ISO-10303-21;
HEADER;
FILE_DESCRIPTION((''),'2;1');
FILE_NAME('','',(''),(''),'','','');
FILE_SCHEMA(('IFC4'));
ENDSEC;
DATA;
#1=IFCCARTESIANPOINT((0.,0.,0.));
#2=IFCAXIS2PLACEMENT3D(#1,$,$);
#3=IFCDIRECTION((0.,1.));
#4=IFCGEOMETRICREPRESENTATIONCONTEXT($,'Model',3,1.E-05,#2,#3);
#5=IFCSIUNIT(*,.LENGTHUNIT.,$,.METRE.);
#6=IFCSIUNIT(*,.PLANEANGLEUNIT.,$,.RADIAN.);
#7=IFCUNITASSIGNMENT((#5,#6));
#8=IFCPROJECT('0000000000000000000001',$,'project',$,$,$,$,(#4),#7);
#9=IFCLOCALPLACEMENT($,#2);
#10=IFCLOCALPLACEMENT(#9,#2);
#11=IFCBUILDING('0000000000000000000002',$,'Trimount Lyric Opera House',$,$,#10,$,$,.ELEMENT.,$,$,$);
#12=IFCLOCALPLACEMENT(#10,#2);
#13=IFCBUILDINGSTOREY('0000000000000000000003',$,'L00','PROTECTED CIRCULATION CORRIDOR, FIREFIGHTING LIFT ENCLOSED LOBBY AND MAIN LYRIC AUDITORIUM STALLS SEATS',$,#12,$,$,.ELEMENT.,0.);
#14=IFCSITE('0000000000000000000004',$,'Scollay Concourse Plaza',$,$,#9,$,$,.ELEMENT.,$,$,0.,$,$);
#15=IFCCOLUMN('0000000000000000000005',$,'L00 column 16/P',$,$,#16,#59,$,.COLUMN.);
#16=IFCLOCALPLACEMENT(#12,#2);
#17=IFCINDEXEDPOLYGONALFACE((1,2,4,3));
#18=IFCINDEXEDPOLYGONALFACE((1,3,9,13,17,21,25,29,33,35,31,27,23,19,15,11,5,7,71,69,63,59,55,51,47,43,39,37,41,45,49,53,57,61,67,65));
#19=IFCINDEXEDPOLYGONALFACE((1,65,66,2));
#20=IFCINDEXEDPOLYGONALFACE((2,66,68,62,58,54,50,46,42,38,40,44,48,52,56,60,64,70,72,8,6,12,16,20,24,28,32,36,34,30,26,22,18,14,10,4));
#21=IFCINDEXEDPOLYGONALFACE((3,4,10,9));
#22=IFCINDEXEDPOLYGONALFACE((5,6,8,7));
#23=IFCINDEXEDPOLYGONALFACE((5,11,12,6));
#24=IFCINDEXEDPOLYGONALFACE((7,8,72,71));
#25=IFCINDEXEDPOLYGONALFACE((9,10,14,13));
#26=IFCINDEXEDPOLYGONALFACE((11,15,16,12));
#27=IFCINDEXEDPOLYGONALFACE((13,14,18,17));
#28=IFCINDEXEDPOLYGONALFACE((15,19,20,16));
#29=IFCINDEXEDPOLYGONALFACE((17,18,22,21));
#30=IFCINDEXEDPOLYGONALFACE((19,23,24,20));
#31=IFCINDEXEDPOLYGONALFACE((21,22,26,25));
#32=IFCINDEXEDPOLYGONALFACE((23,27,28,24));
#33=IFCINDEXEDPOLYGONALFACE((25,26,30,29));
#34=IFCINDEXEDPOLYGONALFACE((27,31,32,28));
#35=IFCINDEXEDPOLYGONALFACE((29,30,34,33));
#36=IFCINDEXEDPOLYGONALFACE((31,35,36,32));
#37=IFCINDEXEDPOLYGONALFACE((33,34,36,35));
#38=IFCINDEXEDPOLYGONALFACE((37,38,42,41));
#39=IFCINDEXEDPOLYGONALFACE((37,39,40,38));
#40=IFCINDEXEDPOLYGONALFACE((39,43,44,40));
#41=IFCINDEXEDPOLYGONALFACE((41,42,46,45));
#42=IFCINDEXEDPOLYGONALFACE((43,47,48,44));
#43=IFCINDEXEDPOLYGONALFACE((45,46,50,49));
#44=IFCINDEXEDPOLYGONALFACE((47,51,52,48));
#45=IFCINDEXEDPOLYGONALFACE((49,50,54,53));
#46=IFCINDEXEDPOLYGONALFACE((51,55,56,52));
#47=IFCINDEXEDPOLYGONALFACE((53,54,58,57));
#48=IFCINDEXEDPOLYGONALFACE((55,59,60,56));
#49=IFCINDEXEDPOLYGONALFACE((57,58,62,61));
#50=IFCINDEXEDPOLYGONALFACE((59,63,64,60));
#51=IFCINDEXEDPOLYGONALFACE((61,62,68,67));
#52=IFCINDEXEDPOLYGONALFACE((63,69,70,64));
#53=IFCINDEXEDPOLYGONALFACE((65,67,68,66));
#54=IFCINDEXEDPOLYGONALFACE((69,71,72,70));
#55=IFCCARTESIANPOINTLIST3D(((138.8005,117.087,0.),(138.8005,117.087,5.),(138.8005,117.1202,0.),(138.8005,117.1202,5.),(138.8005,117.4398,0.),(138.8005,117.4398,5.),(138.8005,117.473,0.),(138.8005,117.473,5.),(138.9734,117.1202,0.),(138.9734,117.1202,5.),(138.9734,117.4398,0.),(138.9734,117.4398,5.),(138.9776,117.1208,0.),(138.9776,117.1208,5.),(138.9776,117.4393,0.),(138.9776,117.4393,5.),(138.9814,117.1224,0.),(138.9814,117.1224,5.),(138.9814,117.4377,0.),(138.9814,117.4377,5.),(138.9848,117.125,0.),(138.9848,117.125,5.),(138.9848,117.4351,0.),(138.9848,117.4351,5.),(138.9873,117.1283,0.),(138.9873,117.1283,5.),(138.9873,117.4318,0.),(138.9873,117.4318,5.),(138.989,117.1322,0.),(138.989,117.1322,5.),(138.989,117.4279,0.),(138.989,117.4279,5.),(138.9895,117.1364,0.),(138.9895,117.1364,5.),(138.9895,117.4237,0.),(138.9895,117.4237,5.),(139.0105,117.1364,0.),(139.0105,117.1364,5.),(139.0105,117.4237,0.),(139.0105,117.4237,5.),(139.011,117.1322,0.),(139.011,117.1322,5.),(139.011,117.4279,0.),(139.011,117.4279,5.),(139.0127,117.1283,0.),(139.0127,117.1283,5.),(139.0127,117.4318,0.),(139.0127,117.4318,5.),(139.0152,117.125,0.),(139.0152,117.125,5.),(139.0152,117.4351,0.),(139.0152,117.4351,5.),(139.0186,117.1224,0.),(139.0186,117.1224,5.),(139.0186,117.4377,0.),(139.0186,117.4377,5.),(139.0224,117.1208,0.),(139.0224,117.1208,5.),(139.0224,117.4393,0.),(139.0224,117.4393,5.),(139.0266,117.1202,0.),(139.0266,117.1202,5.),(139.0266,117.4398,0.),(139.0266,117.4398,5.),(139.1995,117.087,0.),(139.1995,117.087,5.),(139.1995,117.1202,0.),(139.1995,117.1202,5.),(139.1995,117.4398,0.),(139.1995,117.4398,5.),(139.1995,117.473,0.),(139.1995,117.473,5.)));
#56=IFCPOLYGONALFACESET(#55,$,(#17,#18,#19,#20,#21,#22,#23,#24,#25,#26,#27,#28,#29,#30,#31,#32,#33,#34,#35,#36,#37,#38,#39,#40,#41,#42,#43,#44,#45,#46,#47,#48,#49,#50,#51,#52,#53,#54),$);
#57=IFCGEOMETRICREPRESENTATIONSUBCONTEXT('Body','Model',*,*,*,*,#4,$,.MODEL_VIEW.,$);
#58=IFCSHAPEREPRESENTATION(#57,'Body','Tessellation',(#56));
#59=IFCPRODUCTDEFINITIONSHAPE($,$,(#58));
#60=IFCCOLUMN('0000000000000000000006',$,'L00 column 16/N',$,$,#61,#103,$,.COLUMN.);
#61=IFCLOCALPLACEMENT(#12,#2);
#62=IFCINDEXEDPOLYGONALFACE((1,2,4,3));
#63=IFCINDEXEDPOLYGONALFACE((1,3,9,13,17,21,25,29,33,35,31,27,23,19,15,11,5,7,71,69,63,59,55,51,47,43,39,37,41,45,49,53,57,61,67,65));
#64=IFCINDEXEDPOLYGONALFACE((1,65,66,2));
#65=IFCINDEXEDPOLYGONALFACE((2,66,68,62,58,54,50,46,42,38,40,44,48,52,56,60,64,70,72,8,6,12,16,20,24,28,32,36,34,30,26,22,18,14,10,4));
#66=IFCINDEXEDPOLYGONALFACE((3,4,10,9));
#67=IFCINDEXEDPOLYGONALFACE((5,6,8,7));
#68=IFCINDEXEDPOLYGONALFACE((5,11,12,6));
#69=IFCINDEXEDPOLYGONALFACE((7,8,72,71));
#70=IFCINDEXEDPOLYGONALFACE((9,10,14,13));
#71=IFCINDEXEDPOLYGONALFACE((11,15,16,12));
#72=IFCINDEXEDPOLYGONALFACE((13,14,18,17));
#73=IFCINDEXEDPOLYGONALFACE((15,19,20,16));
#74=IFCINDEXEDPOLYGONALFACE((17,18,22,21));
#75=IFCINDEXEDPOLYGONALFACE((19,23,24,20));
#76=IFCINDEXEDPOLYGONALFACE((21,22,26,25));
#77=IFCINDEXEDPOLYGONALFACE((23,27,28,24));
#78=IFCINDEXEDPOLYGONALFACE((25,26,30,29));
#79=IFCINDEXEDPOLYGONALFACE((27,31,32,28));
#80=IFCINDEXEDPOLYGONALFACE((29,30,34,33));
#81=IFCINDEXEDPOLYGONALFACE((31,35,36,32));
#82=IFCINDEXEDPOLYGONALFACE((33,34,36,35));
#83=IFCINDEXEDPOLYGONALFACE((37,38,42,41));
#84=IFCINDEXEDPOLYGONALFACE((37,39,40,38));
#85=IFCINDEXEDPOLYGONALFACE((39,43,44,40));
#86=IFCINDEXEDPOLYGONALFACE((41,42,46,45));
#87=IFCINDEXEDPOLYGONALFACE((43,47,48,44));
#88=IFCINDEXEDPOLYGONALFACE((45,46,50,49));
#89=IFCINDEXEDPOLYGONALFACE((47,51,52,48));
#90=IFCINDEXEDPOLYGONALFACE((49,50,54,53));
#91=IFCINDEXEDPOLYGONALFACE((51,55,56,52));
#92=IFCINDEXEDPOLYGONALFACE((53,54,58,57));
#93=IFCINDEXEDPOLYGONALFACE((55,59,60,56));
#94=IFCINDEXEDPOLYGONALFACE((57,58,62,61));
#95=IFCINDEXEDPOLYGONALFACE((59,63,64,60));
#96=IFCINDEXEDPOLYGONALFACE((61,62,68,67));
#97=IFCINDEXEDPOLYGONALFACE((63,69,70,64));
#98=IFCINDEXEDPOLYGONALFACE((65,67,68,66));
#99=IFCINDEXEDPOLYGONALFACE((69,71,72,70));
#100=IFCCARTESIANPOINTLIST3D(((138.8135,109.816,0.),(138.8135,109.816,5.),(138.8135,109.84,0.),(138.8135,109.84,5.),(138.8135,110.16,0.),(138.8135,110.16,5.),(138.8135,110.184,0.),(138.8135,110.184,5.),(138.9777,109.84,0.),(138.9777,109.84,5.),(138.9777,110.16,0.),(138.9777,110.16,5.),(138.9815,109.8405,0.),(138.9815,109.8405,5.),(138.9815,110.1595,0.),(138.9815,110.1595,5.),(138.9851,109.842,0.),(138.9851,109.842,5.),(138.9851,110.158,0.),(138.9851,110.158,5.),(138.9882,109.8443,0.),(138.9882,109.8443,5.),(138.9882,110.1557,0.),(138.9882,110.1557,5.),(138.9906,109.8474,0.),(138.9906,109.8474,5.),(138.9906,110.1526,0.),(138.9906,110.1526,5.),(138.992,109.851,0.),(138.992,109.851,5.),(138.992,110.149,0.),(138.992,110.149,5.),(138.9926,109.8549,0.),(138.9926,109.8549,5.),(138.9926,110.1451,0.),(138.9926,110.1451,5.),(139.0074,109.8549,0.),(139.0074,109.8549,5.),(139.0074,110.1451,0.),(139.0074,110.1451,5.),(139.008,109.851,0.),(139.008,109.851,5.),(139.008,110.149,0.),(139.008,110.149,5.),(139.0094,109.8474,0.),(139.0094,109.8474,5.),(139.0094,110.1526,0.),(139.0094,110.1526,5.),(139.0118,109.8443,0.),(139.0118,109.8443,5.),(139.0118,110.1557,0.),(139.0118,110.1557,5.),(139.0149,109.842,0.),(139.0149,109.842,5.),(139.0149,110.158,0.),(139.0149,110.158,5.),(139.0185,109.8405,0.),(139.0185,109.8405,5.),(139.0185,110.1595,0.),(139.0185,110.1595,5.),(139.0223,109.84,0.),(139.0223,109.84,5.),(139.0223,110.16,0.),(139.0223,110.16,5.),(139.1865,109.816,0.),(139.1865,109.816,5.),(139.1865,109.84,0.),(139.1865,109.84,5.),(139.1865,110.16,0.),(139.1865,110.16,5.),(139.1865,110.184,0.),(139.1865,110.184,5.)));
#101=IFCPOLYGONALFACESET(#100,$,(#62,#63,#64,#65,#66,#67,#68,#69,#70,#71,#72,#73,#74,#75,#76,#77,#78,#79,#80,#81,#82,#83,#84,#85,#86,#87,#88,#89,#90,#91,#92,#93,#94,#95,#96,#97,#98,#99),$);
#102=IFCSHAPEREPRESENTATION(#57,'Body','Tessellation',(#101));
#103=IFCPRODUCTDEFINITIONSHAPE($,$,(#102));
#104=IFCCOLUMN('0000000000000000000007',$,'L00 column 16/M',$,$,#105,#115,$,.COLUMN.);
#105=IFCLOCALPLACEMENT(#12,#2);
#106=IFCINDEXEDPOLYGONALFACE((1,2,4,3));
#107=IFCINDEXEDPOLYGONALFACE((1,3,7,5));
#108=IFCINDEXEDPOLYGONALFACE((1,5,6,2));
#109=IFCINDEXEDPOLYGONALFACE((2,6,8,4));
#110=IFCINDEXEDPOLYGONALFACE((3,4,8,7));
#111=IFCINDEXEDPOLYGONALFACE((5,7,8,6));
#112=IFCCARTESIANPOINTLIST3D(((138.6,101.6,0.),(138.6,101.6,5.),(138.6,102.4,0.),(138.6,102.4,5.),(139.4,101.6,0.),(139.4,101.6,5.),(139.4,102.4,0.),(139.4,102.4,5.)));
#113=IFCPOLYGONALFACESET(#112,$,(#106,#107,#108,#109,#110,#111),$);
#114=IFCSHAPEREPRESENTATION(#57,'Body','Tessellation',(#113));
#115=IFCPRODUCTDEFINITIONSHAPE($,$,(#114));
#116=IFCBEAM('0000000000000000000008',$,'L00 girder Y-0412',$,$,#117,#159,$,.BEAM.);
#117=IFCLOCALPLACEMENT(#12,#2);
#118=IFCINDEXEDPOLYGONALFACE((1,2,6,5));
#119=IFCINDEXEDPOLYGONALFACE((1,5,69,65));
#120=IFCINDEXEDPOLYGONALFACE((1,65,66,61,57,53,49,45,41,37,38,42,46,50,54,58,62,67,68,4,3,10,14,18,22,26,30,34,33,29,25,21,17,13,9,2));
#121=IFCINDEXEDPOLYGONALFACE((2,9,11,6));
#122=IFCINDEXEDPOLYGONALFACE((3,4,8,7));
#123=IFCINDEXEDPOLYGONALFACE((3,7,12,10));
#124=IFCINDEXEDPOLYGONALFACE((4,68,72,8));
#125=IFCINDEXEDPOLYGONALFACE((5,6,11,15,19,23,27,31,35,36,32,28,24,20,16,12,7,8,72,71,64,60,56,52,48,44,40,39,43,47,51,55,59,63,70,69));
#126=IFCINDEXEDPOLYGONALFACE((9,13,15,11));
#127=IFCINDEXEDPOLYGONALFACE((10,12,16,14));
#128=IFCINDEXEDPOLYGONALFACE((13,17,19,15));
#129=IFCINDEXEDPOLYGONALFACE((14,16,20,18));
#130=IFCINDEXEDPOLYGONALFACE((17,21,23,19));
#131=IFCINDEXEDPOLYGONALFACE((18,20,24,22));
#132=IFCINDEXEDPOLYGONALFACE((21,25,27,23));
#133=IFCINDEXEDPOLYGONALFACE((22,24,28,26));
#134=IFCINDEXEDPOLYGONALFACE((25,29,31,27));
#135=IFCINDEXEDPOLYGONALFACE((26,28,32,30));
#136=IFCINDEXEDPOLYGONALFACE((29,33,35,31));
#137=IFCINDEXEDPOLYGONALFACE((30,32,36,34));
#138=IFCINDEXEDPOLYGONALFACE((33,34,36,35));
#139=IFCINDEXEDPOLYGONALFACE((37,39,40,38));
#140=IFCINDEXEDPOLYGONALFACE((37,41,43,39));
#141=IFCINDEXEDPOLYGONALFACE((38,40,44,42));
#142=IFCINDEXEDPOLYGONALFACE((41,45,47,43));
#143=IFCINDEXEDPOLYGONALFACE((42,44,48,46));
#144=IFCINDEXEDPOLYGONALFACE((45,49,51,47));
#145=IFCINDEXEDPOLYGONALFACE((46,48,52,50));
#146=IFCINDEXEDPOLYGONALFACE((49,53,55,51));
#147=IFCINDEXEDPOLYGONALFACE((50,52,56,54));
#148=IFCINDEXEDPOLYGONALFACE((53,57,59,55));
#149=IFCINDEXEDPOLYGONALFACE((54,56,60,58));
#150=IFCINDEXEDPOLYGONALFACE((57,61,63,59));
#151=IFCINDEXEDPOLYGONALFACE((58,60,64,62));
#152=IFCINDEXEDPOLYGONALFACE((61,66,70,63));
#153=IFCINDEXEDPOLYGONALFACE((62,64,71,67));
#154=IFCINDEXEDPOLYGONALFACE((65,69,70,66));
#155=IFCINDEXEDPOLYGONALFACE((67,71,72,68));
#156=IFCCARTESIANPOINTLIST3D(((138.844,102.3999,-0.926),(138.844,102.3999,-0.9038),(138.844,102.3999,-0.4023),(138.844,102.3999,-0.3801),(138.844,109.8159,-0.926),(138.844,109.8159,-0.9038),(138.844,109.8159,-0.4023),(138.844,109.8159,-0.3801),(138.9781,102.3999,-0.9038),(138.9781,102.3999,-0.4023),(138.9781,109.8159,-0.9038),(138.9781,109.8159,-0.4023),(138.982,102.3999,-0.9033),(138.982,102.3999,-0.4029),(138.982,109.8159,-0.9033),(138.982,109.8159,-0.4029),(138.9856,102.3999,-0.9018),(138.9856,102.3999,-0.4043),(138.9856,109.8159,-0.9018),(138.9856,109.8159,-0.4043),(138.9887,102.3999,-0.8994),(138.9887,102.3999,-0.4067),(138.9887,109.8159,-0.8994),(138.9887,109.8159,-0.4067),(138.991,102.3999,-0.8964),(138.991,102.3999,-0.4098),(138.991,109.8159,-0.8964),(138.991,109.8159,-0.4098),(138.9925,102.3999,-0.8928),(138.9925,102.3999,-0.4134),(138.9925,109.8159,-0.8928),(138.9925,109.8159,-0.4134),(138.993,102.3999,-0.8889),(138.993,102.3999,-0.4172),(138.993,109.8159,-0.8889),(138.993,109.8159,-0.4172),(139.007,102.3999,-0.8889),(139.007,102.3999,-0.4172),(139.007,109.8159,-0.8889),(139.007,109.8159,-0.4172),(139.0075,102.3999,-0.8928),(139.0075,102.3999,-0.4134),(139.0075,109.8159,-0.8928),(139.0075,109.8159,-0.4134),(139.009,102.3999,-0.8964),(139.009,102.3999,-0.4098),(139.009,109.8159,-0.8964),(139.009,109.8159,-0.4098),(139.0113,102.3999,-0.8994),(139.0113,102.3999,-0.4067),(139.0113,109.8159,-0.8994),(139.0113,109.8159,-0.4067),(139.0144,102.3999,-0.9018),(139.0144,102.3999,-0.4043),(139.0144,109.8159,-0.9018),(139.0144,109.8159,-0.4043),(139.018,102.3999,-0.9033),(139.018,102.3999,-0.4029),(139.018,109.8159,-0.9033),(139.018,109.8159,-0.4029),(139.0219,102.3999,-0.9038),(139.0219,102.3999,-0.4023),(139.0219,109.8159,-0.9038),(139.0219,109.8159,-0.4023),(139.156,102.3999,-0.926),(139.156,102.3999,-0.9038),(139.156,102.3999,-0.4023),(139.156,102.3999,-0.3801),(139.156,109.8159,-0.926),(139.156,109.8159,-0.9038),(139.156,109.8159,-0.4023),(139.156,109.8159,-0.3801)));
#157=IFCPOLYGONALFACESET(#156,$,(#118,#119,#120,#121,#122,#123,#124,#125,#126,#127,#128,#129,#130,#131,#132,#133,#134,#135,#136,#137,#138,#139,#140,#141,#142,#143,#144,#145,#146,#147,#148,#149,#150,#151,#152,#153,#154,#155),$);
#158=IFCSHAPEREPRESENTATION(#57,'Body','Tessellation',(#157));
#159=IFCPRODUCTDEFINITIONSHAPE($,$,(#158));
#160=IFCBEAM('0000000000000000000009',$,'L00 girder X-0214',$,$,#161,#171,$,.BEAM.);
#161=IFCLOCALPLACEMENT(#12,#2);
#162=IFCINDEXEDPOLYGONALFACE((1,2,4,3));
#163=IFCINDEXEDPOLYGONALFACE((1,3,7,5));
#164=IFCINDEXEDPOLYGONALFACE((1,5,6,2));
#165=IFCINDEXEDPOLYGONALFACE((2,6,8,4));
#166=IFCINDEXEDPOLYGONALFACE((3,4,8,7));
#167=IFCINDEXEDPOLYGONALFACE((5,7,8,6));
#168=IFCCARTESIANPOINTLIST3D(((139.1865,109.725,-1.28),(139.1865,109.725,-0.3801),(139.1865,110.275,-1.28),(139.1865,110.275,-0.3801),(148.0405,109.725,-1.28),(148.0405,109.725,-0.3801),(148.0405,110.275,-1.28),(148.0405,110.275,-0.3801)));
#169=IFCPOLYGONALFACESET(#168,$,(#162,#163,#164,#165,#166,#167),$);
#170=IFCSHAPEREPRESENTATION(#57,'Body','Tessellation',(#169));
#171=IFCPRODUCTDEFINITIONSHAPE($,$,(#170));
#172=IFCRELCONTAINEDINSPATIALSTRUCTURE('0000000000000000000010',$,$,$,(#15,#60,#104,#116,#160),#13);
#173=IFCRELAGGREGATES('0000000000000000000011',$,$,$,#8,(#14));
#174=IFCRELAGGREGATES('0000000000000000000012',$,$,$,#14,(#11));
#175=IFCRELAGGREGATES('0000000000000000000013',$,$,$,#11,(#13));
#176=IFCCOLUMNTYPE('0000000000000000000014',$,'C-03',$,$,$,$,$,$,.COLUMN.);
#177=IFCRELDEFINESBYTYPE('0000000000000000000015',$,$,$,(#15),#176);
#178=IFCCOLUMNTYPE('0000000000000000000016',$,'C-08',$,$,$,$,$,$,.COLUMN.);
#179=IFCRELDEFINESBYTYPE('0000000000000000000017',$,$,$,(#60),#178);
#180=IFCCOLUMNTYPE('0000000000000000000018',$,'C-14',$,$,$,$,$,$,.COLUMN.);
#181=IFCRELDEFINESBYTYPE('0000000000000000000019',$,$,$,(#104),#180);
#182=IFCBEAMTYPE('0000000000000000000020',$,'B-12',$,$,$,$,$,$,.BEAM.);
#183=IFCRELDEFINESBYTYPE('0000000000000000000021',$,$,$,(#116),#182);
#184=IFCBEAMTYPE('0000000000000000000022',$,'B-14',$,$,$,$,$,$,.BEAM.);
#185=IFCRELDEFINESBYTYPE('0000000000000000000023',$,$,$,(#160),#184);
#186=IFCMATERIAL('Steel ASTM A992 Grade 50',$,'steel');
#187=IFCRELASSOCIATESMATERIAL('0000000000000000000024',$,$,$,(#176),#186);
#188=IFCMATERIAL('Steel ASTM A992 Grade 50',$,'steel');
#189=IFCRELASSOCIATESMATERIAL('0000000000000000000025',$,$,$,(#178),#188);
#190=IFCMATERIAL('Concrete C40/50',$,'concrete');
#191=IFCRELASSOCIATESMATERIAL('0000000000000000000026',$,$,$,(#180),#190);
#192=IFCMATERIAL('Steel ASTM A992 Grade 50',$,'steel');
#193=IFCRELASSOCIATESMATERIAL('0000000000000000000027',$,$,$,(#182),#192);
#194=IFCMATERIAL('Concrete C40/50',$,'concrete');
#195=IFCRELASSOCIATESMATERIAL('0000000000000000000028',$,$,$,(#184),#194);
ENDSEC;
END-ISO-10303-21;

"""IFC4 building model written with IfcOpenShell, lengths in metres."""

from ifc_helpers import new_model, si_unit, direction, frame, origin, origin_2d, place, context, subcontext, project, spatial, rectangle, i_section, extrude, material, material_profile, profile_set, type_object, element, save


model = new_model("IFC4")

# Units and contexts
model_context = context("Model", 3, precision=1e-05, world=origin(), true_north=direction((0.0, 1.0)))
body_context = subcontext(model_context, "Body", "Model", "MODEL_VIEW")
ifc_project = project(units=[si_unit("LENGTHUNIT", "METRE"), si_unit("PLANEANGLEUNIT", "RADIAN")], contexts=[model_context])

# Site, building, storey
site_placement = place(None, origin())
site = spatial("IfcSite", under=ifc_project, at=site_placement, Name="Scollay Concourse Plaza", CompositionType="ELEMENT", RefElevation=0.0)
building_placement = place(site_placement, origin())
building = spatial("IfcBuilding", under=site, at=building_placement, Name="Trimount Lyric Opera House", CompositionType="ELEMENT")
storey_placement = place(building_placement, origin())
storey = spatial("IfcBuildingStorey", under=building, at=storey_placement, Name="L00", Description="PROTECTED CIRCULATION CORRIDOR, FIREFIGHTING LIFT ENCLOSED LOBBY AND MAIN LYRIC AUDITORIUM STALLS SEATS", CompositionType="ELEMENT", Elevation=0.0)

# Columns
ifc_material_1 = material(Name="Steel ASTM A992 Grade 50", Category="steel")
ifc_material_profile_1 = material_profile(ifc_material_1, i_section(OverallWidth=0.3989, OverallDepth=0.386, WebThickness=0.021, FlangeThickness=0.0332, FilletRadius=0.0161, at=origin_2d()), Name="W14X176")
ifc_profile_set_1 = profile_set([ifc_material_profile_1], Name="Steel ASTM A992 Grade 50")
column_type_1 = type_object("IfcColumnType", Name="C-03", PredefinedType="COLUMN", material=ifc_profile_set_1)
column_1_placement = place(storey_placement, frame((139.0, 117.28, 0.0), z_axis=(0.0, 0.0, 1.0), x_axis=(1.0, 0.0, 0.0)))
element("IfcColumn", 1, at=column_1_placement, inside=storey, type_object=column_type_1, Name="L00 column 16/P", PredefinedType="COLUMN", context=body_context, shape_type="SweptSolid", body=[
    extrude(i_section(OverallWidth=0.3989, OverallDepth=0.386, WebThickness=0.021, FlangeThickness=0.0332, FilletRadius=0.0161, at=origin_2d()), origin(), (0.0, 0.0, 1.0), 5.0),
])
ifc_material_2 = material(Name="Steel ASTM A992 Grade 50", Category="steel")
ifc_material_profile_2 = material_profile(ifc_material_2, i_section(OverallWidth=0.373, OverallDepth=0.3679, WebThickness=0.0149, FlangeThickness=0.0239, FilletRadius=0.0149, at=origin_2d()), Name="W14X120")
ifc_profile_set_2 = profile_set([ifc_material_profile_2], Name="Steel ASTM A992 Grade 50")
column_type_2 = type_object("IfcColumnType", Name="C-08", PredefinedType="COLUMN", material=ifc_profile_set_2)
column_2_placement = place(storey_placement, frame((139.0, 110.0, 0.0), z_axis=(0.0, 0.0, 1.0), x_axis=(1.0, 0.0, 0.0)))
element("IfcColumn", 2, at=column_2_placement, inside=storey, type_object=column_type_2, Name="L00 column 16/N", PredefinedType="COLUMN", context=body_context, shape_type="SweptSolid", body=[
    extrude(i_section(OverallWidth=0.373, OverallDepth=0.3679, WebThickness=0.0149, FlangeThickness=0.0239, FilletRadius=0.0149, at=origin_2d()), origin(), (0.0, 0.0, 1.0), 5.0),
])
ifc_material_3 = material(Name="Concrete C40/50", Category="concrete")
ifc_material_profile_3 = material_profile(ifc_material_3, rectangle(XDim=0.8, YDim=0.8, at=origin_2d()), Name="RC800X800")
ifc_profile_set_3 = profile_set([ifc_material_profile_3], Name="Concrete C40/50")
column_type_3 = type_object("IfcColumnType", Name="C-14", PredefinedType="COLUMN", material=ifc_profile_set_3)
column_3_placement = place(storey_placement, frame((139.0, 102.0, 0.0), z_axis=(0.0, 0.0, 1.0), x_axis=(1.0, 0.0, 0.0)))
element("IfcColumn", 3, at=column_3_placement, inside=storey, type_object=column_type_3, Name="L00 column 16/M", PredefinedType="COLUMN", context=body_context, shape_type="SweptSolid", body=[
    extrude(rectangle(XDim=0.8, YDim=0.8, at=origin_2d()), origin(), (0.0, 0.0, 1.0), 5.0),
])

# Beams
ifc_material_4 = material(Name="Steel ASTM A992 Grade 50", Category="steel")
ifc_material_profile_4 = material_profile(ifc_material_4, i_section(OverallWidth=0.312, OverallDepth=0.5459, WebThickness=0.0139, FlangeThickness=0.0222, FilletRadius=0.0149, at=origin_2d()), Name="W21X111")
ifc_profile_set_4 = profile_set([ifc_material_profile_4], Name="Steel ASTM A992 Grade 50")
beam_type_1 = type_object("IfcBeamType", Name="B-12", PredefinedType="BEAM", material=ifc_profile_set_4)
beam_1_placement = place(storey_placement, frame((139.0, 102.3999, -0.6531), z_axis=(0.0, 1.0, 0.0), x_axis=(-1.0, 0.0, 0.0)))
element("IfcBeam", 4, at=beam_1_placement, inside=storey, type_object=beam_type_1, Name="L00 girder Y-0412", PredefinedType="BEAM", context=body_context, shape_type="SweptSolid", body=[
    extrude(i_section(OverallWidth=0.312, OverallDepth=0.5459, WebThickness=0.0139, FlangeThickness=0.0222, FilletRadius=0.0149, at=origin_2d()), origin(), (0.0, 0.0, 1.0), 7.416),
])
ifc_material_5 = material(Name="Concrete C40/50", Category="concrete")
ifc_material_profile_5 = material_profile(ifc_material_5, rectangle(XDim=0.55, YDim=0.8999, at=origin_2d()), Name="RC550X900")
ifc_profile_set_5 = profile_set([ifc_material_profile_5], Name="Concrete C40/50")
beam_type_2 = type_object("IfcBeamType", Name="B-14", PredefinedType="BEAM", material=ifc_profile_set_5)
beam_2_placement = place(storey_placement, frame((139.1865, 110.0, -0.8301), z_axis=(1.0, 0.0, 0.0), x_axis=(0.0, 1.0, 0.0)))
element("IfcBeam", 5, at=beam_2_placement, inside=storey, type_object=beam_type_2, Name="L00 girder X-0214", PredefinedType="BEAM", context=body_context, shape_type="SweptSolid", body=[
    extrude(rectangle(XDim=0.55, YDim=0.8999, at=origin_2d()), origin(), (0.0, 0.0, 1.0), 8.854),
])

save(model, "model.ifc")
